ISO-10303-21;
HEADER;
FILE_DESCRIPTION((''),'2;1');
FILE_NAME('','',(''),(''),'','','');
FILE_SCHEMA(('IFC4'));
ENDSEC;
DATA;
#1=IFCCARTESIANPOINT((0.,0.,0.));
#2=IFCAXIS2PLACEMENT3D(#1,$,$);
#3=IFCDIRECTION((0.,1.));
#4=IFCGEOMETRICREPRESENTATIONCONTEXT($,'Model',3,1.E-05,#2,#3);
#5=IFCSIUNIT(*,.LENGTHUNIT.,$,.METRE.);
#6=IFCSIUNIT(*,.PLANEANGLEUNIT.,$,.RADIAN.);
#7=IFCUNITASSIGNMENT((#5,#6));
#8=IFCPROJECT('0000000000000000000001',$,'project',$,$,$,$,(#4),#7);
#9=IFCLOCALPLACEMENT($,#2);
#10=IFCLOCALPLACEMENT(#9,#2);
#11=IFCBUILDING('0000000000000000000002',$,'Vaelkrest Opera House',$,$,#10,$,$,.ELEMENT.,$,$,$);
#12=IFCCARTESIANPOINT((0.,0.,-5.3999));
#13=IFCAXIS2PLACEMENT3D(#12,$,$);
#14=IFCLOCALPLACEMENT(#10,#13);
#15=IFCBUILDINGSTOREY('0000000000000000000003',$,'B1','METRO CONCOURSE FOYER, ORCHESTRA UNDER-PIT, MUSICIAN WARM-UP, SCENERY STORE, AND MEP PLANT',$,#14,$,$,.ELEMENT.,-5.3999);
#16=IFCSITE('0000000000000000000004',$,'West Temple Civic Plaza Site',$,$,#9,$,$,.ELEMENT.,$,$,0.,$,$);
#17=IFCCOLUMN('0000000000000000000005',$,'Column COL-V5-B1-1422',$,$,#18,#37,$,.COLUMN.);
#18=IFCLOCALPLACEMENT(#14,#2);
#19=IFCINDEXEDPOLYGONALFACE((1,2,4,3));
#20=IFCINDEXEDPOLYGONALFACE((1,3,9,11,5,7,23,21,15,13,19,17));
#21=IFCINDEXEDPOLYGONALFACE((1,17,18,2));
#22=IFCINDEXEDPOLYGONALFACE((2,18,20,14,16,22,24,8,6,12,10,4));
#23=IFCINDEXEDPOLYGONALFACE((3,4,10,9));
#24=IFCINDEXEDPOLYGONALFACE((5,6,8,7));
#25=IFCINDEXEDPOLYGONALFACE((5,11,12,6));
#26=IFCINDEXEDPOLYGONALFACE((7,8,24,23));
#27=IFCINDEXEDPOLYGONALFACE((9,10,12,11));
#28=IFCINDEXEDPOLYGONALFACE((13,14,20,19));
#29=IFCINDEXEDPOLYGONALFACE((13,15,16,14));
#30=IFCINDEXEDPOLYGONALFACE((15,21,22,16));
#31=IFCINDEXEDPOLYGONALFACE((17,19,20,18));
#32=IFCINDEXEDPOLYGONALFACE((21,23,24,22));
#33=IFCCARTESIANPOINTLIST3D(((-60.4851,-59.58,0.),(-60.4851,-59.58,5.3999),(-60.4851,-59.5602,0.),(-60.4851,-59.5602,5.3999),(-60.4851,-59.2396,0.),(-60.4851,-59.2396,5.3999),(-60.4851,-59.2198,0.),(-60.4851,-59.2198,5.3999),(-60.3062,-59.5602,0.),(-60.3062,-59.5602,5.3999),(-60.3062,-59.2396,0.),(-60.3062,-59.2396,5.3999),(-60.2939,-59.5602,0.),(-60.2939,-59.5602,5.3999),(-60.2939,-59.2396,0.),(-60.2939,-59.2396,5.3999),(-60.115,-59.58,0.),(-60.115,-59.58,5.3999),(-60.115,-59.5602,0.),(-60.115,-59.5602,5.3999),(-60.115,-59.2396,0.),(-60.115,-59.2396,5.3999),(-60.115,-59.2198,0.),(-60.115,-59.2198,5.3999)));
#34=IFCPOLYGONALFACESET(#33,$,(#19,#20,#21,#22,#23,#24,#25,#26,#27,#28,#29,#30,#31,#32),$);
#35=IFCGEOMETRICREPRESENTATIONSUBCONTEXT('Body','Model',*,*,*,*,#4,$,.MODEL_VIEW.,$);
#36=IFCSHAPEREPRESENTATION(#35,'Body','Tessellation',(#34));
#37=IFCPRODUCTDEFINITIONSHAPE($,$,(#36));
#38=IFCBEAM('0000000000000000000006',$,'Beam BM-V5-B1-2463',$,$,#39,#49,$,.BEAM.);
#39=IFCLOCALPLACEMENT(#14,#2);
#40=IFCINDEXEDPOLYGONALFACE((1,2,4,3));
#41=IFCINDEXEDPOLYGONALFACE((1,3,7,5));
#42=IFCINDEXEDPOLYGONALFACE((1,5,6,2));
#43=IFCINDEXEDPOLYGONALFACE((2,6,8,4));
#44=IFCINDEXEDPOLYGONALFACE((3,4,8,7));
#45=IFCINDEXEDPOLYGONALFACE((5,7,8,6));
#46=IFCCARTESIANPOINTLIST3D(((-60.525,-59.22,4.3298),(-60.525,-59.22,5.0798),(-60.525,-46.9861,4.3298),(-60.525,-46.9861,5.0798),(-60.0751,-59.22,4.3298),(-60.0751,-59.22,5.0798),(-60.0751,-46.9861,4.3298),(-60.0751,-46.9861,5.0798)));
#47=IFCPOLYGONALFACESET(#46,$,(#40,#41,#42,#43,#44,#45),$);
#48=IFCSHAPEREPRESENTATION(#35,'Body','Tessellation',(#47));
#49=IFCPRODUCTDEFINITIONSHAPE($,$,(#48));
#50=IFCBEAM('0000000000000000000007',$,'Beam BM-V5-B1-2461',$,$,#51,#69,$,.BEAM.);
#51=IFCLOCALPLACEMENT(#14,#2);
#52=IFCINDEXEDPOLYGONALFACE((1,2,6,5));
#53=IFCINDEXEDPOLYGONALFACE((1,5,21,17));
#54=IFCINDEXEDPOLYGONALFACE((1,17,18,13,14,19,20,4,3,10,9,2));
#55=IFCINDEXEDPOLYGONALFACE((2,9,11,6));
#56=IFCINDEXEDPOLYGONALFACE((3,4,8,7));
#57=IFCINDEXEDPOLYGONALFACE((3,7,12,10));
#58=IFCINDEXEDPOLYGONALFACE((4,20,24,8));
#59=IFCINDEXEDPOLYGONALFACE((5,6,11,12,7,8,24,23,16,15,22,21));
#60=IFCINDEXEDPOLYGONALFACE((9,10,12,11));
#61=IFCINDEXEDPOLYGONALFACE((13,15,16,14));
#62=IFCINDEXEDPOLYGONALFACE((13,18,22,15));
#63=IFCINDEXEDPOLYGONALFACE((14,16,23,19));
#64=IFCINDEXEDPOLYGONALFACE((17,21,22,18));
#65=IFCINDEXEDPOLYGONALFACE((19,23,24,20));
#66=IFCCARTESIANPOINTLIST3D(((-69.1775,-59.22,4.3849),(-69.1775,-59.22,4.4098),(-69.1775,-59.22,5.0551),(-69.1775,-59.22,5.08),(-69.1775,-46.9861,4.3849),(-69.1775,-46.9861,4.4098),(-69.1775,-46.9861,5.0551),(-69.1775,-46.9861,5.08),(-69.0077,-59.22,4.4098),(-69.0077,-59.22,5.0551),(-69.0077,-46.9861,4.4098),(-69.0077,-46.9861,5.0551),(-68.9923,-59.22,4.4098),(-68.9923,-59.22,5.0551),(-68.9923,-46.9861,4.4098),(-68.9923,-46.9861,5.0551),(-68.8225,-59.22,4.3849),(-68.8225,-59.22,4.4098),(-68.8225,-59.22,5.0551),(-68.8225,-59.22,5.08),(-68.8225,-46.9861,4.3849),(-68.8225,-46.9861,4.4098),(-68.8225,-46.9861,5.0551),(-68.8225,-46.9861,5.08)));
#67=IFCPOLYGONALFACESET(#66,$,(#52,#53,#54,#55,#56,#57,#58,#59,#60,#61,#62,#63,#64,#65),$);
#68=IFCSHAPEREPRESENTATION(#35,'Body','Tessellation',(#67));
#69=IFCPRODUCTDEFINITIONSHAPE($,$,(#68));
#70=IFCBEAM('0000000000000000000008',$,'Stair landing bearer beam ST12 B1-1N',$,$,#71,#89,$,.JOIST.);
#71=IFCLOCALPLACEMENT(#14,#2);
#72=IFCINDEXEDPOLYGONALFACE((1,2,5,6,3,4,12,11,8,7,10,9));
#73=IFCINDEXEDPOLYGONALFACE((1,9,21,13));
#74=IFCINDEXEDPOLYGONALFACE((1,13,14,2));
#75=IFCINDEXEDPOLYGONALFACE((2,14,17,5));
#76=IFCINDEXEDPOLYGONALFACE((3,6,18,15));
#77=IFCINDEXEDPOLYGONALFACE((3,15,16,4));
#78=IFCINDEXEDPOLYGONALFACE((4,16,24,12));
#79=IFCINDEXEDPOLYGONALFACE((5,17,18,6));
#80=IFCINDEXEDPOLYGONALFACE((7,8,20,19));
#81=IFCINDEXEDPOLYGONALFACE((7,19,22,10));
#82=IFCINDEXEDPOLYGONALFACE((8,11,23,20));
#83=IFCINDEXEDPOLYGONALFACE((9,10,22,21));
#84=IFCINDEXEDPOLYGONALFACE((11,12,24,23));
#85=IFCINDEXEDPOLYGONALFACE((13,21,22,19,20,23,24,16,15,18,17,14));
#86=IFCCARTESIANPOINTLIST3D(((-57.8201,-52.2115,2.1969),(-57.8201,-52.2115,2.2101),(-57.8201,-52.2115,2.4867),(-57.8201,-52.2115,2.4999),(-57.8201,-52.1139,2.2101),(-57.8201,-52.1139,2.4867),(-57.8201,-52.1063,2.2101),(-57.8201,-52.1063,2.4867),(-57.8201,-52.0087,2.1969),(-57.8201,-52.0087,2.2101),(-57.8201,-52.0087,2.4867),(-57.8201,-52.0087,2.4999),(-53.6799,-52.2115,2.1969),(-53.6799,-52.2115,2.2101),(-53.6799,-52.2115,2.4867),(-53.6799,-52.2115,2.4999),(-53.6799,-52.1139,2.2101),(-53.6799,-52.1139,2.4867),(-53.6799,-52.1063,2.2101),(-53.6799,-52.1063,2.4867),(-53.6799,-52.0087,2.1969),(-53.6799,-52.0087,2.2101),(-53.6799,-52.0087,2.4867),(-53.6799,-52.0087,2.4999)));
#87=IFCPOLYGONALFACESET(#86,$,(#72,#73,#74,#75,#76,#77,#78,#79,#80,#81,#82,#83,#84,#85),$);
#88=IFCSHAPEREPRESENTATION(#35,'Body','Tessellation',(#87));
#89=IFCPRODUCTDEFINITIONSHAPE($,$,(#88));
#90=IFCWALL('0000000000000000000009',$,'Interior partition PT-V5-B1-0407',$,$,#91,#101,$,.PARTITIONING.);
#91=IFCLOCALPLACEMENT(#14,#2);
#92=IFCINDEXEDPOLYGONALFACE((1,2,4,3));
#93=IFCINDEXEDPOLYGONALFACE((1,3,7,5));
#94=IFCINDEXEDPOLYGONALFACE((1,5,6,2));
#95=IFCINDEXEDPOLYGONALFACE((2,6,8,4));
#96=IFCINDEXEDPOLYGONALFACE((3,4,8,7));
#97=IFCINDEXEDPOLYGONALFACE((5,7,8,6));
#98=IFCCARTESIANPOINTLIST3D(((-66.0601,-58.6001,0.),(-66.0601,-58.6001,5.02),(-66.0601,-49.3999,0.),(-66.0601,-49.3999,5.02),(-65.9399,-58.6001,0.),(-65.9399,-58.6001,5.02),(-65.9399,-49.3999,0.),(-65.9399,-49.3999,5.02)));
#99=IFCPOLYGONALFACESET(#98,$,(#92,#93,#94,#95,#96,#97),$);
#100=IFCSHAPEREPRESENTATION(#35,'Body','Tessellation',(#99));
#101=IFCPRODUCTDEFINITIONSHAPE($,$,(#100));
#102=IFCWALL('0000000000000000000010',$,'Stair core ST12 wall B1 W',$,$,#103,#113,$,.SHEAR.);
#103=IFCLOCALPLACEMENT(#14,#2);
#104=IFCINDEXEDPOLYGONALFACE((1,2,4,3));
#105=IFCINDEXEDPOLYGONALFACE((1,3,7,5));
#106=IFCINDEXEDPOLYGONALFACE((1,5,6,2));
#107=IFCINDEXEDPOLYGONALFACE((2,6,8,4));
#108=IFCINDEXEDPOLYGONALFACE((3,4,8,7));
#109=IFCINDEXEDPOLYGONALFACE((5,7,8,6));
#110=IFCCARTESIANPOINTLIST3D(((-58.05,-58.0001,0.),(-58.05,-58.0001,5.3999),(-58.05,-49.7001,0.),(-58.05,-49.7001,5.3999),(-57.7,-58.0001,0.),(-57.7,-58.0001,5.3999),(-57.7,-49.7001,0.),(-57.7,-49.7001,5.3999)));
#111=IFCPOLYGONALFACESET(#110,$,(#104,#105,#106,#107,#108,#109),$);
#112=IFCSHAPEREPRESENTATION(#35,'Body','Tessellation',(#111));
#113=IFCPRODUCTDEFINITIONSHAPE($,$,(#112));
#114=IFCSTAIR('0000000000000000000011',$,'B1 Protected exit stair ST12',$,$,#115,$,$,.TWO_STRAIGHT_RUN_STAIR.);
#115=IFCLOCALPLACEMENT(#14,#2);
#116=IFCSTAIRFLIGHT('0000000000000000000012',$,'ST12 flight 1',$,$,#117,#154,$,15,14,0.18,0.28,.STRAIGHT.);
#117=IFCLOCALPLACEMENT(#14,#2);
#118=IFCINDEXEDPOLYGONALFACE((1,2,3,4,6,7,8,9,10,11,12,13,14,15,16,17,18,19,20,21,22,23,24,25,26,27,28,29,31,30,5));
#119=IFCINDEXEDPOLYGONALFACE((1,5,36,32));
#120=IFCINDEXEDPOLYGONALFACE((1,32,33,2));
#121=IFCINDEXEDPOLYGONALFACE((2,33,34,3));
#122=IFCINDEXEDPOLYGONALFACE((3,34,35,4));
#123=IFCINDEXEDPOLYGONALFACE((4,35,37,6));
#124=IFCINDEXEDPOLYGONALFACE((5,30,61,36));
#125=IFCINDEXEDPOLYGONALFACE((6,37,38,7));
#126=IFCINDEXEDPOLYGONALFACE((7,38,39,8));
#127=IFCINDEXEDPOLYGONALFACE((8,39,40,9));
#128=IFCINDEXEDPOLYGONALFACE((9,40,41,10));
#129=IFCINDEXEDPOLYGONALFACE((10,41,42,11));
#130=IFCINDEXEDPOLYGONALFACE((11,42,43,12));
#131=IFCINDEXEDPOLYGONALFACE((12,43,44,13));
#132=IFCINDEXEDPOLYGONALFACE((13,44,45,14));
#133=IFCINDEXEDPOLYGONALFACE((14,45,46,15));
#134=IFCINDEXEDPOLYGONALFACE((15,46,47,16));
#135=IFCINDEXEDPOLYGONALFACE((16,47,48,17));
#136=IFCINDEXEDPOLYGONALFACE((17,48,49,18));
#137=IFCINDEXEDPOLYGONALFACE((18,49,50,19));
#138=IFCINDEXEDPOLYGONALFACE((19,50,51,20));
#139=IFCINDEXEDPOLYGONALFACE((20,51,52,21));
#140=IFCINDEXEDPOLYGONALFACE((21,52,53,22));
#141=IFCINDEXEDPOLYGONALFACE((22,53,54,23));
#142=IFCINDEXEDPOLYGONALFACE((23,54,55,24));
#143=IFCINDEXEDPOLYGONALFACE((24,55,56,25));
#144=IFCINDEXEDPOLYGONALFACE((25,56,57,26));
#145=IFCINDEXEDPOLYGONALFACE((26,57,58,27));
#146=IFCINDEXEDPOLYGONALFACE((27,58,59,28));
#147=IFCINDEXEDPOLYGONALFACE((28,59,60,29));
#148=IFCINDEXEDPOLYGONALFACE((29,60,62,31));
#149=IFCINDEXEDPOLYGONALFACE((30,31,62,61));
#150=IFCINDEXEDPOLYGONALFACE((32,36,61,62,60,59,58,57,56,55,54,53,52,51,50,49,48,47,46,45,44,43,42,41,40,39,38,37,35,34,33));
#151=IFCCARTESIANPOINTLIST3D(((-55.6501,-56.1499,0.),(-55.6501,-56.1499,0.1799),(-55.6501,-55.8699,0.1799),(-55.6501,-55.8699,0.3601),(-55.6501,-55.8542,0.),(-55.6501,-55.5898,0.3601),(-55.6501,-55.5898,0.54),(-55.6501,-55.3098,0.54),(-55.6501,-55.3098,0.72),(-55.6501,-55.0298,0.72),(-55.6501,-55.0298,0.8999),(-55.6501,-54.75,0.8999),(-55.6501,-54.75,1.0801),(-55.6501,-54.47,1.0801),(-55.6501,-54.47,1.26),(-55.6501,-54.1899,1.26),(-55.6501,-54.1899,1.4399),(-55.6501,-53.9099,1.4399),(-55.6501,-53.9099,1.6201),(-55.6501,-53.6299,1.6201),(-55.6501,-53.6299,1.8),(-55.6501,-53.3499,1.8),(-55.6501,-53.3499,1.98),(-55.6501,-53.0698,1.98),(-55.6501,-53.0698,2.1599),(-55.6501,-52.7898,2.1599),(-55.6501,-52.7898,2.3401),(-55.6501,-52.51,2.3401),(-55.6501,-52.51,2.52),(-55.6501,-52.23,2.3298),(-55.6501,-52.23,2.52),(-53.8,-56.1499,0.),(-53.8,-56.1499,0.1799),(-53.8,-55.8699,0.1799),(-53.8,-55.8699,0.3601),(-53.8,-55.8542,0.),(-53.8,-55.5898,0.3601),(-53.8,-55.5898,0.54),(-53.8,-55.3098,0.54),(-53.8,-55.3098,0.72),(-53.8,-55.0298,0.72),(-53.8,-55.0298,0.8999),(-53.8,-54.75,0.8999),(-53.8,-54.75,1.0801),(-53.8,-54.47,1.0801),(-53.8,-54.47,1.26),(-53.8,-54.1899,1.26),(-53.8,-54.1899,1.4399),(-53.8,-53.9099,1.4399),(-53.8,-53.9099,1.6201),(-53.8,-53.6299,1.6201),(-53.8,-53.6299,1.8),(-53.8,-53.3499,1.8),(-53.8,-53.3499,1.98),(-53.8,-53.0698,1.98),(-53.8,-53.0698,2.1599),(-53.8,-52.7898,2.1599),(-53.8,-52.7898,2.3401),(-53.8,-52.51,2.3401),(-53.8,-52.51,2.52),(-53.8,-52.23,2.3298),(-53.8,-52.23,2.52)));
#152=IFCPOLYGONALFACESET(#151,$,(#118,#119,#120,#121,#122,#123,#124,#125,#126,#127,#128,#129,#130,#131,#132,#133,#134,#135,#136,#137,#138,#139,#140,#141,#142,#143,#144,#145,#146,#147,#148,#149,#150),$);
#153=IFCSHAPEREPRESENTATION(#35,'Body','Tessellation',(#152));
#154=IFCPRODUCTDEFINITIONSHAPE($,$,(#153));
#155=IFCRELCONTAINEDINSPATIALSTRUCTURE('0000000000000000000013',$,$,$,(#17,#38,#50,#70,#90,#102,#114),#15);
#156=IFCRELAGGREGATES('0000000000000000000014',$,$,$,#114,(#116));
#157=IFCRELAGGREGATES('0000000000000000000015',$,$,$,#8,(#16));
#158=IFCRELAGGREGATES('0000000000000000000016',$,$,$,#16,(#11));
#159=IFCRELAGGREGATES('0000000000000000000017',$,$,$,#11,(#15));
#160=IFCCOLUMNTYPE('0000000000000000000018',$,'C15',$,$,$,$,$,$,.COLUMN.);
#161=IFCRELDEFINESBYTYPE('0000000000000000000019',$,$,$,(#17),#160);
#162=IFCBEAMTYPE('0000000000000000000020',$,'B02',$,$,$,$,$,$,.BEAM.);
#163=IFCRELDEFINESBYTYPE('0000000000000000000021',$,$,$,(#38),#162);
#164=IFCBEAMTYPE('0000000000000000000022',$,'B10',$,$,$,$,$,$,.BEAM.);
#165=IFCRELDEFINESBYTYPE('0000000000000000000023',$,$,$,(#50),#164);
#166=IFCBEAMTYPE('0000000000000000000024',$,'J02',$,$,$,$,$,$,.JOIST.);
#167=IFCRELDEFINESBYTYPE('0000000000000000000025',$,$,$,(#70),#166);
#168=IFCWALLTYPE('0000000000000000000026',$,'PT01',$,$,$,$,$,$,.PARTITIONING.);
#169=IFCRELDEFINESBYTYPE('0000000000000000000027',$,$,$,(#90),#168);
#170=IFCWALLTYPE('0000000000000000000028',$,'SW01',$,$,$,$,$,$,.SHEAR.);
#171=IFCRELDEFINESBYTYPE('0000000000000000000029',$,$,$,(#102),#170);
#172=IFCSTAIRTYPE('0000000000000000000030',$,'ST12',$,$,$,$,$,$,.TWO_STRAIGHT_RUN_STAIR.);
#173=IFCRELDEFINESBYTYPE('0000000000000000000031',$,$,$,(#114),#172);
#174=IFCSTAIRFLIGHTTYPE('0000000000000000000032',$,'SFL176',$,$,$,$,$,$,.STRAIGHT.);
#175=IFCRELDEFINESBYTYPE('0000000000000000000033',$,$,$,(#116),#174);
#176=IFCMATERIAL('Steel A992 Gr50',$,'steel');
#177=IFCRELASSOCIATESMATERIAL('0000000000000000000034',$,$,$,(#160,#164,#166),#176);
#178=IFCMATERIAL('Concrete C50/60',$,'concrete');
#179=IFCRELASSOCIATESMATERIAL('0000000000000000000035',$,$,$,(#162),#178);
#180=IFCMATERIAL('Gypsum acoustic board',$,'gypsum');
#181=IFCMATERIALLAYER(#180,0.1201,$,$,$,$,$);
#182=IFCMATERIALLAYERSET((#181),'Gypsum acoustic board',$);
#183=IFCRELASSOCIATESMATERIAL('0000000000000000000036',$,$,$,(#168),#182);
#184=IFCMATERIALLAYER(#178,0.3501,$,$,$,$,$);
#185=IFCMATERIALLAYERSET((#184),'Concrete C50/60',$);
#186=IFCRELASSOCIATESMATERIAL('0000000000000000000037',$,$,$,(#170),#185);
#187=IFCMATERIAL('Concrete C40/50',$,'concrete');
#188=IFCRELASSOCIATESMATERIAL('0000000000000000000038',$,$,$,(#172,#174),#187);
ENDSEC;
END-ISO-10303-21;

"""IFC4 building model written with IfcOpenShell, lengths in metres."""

from ifc_helpers import new_model, si_unit, direction, frame, frame_2d, origin, origin_2d, place, context, subcontext, project, spatial, polyline, rectangle, i_section, outline, extrude, material, layer, layer_set, material_profile, profile_set, type_object, element, aggregate, save


model = new_model("IFC4")

# Units and contexts
model_context = context("Model", 3, precision=1e-05, world=origin(), true_north=direction((0.0, 1.0)))
body_context = subcontext(model_context, "Body", "Model", "MODEL_VIEW")
ifc_project = project(units=[si_unit("LENGTHUNIT", "METRE"), si_unit("PLANEANGLEUNIT", "RADIAN")], contexts=[model_context])

# Site, building, storey
site_placement = place(None, origin())
site = spatial("IfcSite", under=ifc_project, at=site_placement, Name="West Temple Civic Plaza Site", CompositionType="ELEMENT", RefElevation=0.0)
building_placement = place(site_placement, origin())
building = spatial("IfcBuilding", under=site, at=building_placement, Name="Vaelkrest Opera House", CompositionType="ELEMENT")
storey_placement = place(building_placement, frame((0.0, 0.0, -5.3999)))
storey = spatial("IfcBuildingStorey", under=building, at=storey_placement, Name="B1", Description="METRO CONCOURSE FOYER, ORCHESTRA UNDER-PIT, MUSICIAN WARM-UP, SCENERY STORE, AND MEP PLANT", CompositionType="ELEMENT", Elevation=-5.3999)

# Shared definitions
ifc_material_1 = material(Name="Concrete C40/50", Category="concrete")

# Column
ifc_material_2 = material(Name="Steel A992 Gr50", Category="steel")
ifc_material_profile_1 = material_profile(ifc_material_2, i_section(OverallWidth=0.3701, OverallDepth=0.3601, WebThickness=0.0122, FlangeThickness=0.0198, at=origin_2d()), Name="W14X99")
ifc_profile_set_1 = profile_set([ifc_material_profile_1], Name="Steel A992 Gr50")
column_type = type_object("IfcColumnType", Name="C15", PredefinedType="COLUMN", material=ifc_profile_set_1)
for number, where, z_axis, x_axis, name in (
    (1, (-60.3, -59.3999, 0.0), (0.0, 0.0, 1.0), (1.0, 0.0, 0.0), "Column COL-V5-B1-1422"),
):
    element("IfcColumn", number, at=place(storey_placement, frame(where, z_axis=z_axis, x_axis=x_axis)), inside=storey, type_object=column_type, Name=name, PredefinedType="COLUMN", context=body_context, shape_type="SweptSolid", body=[
        extrude(i_section(OverallWidth=0.3701, OverallDepth=0.3601, WebThickness=0.0122, FlangeThickness=0.0198, at=origin_2d()), origin(), (0.0, 0.0, 1.0), 5.3999),
    ])

# Beams
ifc_material_3 = material(Name="Concrete C50/60", Category="concrete")
ifc_material_profile_2 = material_profile(ifc_material_3, rectangle(XDim=0.45, YDim=0.75, at=origin_2d()), Name="RCB450X750")
ifc_profile_set_2 = profile_set([ifc_material_profile_2], Name="Concrete C50/60")
beam_type_1 = type_object("IfcBeamType", Name="B02", PredefinedType="BEAM", material=ifc_profile_set_2)
beam_1_placement = place(storey_placement, frame((-60.3, -59.22, 4.7048), z_axis=(0.0, 1.0, 0.0), x_axis=(-1.0, 0.0, 0.0)))
element("IfcBeam", 2, at=beam_1_placement, inside=storey, type_object=beam_type_1, Name="Beam BM-V5-B1-2463", PredefinedType="BEAM", context=body_context, shape_type="SweptSolid", body=[
    extrude(rectangle(XDim=0.45, YDim=0.75, at=origin_2d()), origin(), (0.0, 0.0, 1.0), 12.2339),
])
ifc_material_profile_3 = material_profile(ifc_material_2, i_section(OverallWidth=0.355, OverallDepth=0.6951, WebThickness=0.0154, FlangeThickness=0.0249, at=origin_2d()), Name="W27X146")
ifc_profile_set_3 = profile_set([ifc_material_profile_3], Name="Steel A992 Gr50")
beam_type_2 = type_object("IfcBeamType", Name="B10", PredefinedType="BEAM", material=ifc_profile_set_3)
beam_2_placement = place(storey_placement, frame((-69.0, -59.22, 4.7324), z_axis=(0.0, 1.0, 0.0), x_axis=(-1.0, 0.0, 0.0)))
element("IfcBeam", 3, at=beam_2_placement, inside=storey, type_object=beam_type_2, Name="Beam BM-V5-B1-2461", PredefinedType="BEAM", context=body_context, shape_type="SweptSolid", body=[
    extrude(i_section(OverallWidth=0.355, OverallDepth=0.6951, WebThickness=0.0154, FlangeThickness=0.0249, at=origin_2d()), origin(), (0.0, 0.0, 1.0), 12.2339),
])
ifc_material_profile_4 = material_profile(ifc_material_2, i_section(OverallWidth=0.2029, OverallDepth=0.303, WebThickness=0.0076, FlangeThickness=0.0132, at=origin_2d()), Name="W12X40")
ifc_profile_set_4 = profile_set([ifc_material_profile_4], Name="Steel A992 Gr50")
beam_type_3 = type_object("IfcBeamType", Name="J02", PredefinedType="JOIST", material=ifc_profile_set_4)
beam_3_placement = place(storey_placement, frame((-57.8201, -52.1101, 2.3484), z_axis=(1.0, 0.0, 0.0), x_axis=(0.0, 1.0, 0.0)))
element("IfcBeam", 4, at=beam_3_placement, inside=storey, type_object=beam_type_3, Name="Stair landing bearer beam ST12 B1-1N", PredefinedType="JOIST", context=body_context, shape_type="SweptSolid", body=[
    extrude(i_section(OverallWidth=0.2029, OverallDepth=0.303, WebThickness=0.0076, FlangeThickness=0.0132, at=origin_2d()), origin(), (0.0, 0.0, 1.0), 4.1401),
])

# Walls
ifc_material_4 = material(Name="Gypsum acoustic board", Category="gypsum")
ifc_layer_1 = layer(ifc_material_4, 0.1201)
ifc_layer_set_1 = layer_set([ifc_layer_1], Name="Gypsum acoustic board")
wall_type_1 = type_object("IfcWallType", Name="PT01", PredefinedType="PARTITIONING", material=ifc_layer_set_1)
wall_1_placement = place(storey_placement, frame((-66.0, -58.6001, 0.0), z_axis=(0.0, 0.0, 1.0), x_axis=(0.0, 1.0, 0.0)))
element("IfcWall", 5, at=wall_1_placement, inside=storey, type_object=wall_type_1, Name="Interior partition PT-V5-B1-0407", PredefinedType="PARTITIONING", context=body_context, shape_type="SweptSolid", body=[
    extrude(rectangle(XDim=9.2002, YDim=0.1201, at=frame_2d((4.6001, 0.0))), origin(), (0.0, 0.0, 1.0), 5.02),
])
ifc_layer_2 = layer(ifc_material_3, 0.3501)
ifc_layer_set_2 = layer_set([ifc_layer_2], Name="Concrete C50/60")
wall_type_2 = type_object("IfcWallType", Name="SW01", PredefinedType="SHEAR", material=ifc_layer_set_2)
wall_2_placement = place(storey_placement, frame((-57.875, -58.0, 0.0), z_axis=(0.0, 0.0, 1.0), x_axis=(0.0, 1.0, 0.0)))
element("IfcWall", 6, at=wall_2_placement, inside=storey, type_object=wall_type_2, Name="Stair core ST12 wall B1 W", PredefinedType="SHEAR", context=body_context, shape_type="SweptSolid", body=[
    extrude(rectangle(XDim=8.3, YDim=0.3501, at=frame_2d((4.1499, 0.0))), origin(), (0.0, 0.0, 1.0), 5.3999),
])

# Stair, stair flight
stair_type = type_object("IfcStairType", Name="ST12", PredefinedType="TWO_STRAIGHT_RUN_STAIR", material=ifc_material_1)
stair_placement = place(storey_placement, origin())
stair = element("IfcStair", 7, at=stair_placement, inside=storey, type_object=stair_type, Name="B1 Protected exit stair ST12", PredefinedType="TWO_STRAIGHT_RUN_STAIR")
stair_flight_type = type_object("IfcStairFlightType", Name="SFL176", PredefinedType="STRAIGHT", material=ifc_material_1)
stair_flight_1_placement = place(storey_placement, frame((-54.7251, -56.1499, 0.0), z_axis=(0.0, 0.0, 1.0), x_axis=(0.0, 1.0, 0.0)))
stair_flight_1 = element("IfcStairFlight", 8, at=stair_flight_1_placement, type_object=stair_flight_type, Name="ST12 flight 1", NumberOfRisers=15, NumberOfTreads=14, PredefinedType="STRAIGHT", RiserHeight=0.18, TreadLength=0.28, context=body_context, shape_type="SweptSolid", body=[
    extrude(outline(polyline([(0.0, 0.0), (0.0, 0.1799), (0.28, 0.1799), (0.28, 0.3601), (0.5601, 0.3601), (0.5601, 0.54), (0.8401, 0.54), (0.8401, 0.72), (1.1201, 0.72), (1.1201, 0.8999), (1.3999, 0.8999), (1.3999, 1.0801), (1.6799, 1.0801), (1.6799, 1.26), (1.96, 1.26), (1.96, 1.4399), (2.24, 1.4399), (2.24, 1.6201), (2.52, 1.6201), (2.52, 1.8), (2.8, 1.8), (2.8, 1.98), (3.0801, 1.98), (3.0801, 2.1599), (3.3601, 2.1599), (3.3601, 2.3401), (3.6399, 2.3401), (3.6399, 2.52), (3.9199, 2.52), (3.9199, 2.7), (3.9199, 2.3298), (0.2957, 0.0), (0.0, 0.0)])), frame((0.0, 0.925, 0.0), z_axis=(0.0, -1.0, 0.0), x_axis=(1.0, 0.0, 0.0)), (0.0, 0.0, 1.0), 1.8501),
])
aggregate(stair, [stair_flight_1])

save(model, "model.ifc")
